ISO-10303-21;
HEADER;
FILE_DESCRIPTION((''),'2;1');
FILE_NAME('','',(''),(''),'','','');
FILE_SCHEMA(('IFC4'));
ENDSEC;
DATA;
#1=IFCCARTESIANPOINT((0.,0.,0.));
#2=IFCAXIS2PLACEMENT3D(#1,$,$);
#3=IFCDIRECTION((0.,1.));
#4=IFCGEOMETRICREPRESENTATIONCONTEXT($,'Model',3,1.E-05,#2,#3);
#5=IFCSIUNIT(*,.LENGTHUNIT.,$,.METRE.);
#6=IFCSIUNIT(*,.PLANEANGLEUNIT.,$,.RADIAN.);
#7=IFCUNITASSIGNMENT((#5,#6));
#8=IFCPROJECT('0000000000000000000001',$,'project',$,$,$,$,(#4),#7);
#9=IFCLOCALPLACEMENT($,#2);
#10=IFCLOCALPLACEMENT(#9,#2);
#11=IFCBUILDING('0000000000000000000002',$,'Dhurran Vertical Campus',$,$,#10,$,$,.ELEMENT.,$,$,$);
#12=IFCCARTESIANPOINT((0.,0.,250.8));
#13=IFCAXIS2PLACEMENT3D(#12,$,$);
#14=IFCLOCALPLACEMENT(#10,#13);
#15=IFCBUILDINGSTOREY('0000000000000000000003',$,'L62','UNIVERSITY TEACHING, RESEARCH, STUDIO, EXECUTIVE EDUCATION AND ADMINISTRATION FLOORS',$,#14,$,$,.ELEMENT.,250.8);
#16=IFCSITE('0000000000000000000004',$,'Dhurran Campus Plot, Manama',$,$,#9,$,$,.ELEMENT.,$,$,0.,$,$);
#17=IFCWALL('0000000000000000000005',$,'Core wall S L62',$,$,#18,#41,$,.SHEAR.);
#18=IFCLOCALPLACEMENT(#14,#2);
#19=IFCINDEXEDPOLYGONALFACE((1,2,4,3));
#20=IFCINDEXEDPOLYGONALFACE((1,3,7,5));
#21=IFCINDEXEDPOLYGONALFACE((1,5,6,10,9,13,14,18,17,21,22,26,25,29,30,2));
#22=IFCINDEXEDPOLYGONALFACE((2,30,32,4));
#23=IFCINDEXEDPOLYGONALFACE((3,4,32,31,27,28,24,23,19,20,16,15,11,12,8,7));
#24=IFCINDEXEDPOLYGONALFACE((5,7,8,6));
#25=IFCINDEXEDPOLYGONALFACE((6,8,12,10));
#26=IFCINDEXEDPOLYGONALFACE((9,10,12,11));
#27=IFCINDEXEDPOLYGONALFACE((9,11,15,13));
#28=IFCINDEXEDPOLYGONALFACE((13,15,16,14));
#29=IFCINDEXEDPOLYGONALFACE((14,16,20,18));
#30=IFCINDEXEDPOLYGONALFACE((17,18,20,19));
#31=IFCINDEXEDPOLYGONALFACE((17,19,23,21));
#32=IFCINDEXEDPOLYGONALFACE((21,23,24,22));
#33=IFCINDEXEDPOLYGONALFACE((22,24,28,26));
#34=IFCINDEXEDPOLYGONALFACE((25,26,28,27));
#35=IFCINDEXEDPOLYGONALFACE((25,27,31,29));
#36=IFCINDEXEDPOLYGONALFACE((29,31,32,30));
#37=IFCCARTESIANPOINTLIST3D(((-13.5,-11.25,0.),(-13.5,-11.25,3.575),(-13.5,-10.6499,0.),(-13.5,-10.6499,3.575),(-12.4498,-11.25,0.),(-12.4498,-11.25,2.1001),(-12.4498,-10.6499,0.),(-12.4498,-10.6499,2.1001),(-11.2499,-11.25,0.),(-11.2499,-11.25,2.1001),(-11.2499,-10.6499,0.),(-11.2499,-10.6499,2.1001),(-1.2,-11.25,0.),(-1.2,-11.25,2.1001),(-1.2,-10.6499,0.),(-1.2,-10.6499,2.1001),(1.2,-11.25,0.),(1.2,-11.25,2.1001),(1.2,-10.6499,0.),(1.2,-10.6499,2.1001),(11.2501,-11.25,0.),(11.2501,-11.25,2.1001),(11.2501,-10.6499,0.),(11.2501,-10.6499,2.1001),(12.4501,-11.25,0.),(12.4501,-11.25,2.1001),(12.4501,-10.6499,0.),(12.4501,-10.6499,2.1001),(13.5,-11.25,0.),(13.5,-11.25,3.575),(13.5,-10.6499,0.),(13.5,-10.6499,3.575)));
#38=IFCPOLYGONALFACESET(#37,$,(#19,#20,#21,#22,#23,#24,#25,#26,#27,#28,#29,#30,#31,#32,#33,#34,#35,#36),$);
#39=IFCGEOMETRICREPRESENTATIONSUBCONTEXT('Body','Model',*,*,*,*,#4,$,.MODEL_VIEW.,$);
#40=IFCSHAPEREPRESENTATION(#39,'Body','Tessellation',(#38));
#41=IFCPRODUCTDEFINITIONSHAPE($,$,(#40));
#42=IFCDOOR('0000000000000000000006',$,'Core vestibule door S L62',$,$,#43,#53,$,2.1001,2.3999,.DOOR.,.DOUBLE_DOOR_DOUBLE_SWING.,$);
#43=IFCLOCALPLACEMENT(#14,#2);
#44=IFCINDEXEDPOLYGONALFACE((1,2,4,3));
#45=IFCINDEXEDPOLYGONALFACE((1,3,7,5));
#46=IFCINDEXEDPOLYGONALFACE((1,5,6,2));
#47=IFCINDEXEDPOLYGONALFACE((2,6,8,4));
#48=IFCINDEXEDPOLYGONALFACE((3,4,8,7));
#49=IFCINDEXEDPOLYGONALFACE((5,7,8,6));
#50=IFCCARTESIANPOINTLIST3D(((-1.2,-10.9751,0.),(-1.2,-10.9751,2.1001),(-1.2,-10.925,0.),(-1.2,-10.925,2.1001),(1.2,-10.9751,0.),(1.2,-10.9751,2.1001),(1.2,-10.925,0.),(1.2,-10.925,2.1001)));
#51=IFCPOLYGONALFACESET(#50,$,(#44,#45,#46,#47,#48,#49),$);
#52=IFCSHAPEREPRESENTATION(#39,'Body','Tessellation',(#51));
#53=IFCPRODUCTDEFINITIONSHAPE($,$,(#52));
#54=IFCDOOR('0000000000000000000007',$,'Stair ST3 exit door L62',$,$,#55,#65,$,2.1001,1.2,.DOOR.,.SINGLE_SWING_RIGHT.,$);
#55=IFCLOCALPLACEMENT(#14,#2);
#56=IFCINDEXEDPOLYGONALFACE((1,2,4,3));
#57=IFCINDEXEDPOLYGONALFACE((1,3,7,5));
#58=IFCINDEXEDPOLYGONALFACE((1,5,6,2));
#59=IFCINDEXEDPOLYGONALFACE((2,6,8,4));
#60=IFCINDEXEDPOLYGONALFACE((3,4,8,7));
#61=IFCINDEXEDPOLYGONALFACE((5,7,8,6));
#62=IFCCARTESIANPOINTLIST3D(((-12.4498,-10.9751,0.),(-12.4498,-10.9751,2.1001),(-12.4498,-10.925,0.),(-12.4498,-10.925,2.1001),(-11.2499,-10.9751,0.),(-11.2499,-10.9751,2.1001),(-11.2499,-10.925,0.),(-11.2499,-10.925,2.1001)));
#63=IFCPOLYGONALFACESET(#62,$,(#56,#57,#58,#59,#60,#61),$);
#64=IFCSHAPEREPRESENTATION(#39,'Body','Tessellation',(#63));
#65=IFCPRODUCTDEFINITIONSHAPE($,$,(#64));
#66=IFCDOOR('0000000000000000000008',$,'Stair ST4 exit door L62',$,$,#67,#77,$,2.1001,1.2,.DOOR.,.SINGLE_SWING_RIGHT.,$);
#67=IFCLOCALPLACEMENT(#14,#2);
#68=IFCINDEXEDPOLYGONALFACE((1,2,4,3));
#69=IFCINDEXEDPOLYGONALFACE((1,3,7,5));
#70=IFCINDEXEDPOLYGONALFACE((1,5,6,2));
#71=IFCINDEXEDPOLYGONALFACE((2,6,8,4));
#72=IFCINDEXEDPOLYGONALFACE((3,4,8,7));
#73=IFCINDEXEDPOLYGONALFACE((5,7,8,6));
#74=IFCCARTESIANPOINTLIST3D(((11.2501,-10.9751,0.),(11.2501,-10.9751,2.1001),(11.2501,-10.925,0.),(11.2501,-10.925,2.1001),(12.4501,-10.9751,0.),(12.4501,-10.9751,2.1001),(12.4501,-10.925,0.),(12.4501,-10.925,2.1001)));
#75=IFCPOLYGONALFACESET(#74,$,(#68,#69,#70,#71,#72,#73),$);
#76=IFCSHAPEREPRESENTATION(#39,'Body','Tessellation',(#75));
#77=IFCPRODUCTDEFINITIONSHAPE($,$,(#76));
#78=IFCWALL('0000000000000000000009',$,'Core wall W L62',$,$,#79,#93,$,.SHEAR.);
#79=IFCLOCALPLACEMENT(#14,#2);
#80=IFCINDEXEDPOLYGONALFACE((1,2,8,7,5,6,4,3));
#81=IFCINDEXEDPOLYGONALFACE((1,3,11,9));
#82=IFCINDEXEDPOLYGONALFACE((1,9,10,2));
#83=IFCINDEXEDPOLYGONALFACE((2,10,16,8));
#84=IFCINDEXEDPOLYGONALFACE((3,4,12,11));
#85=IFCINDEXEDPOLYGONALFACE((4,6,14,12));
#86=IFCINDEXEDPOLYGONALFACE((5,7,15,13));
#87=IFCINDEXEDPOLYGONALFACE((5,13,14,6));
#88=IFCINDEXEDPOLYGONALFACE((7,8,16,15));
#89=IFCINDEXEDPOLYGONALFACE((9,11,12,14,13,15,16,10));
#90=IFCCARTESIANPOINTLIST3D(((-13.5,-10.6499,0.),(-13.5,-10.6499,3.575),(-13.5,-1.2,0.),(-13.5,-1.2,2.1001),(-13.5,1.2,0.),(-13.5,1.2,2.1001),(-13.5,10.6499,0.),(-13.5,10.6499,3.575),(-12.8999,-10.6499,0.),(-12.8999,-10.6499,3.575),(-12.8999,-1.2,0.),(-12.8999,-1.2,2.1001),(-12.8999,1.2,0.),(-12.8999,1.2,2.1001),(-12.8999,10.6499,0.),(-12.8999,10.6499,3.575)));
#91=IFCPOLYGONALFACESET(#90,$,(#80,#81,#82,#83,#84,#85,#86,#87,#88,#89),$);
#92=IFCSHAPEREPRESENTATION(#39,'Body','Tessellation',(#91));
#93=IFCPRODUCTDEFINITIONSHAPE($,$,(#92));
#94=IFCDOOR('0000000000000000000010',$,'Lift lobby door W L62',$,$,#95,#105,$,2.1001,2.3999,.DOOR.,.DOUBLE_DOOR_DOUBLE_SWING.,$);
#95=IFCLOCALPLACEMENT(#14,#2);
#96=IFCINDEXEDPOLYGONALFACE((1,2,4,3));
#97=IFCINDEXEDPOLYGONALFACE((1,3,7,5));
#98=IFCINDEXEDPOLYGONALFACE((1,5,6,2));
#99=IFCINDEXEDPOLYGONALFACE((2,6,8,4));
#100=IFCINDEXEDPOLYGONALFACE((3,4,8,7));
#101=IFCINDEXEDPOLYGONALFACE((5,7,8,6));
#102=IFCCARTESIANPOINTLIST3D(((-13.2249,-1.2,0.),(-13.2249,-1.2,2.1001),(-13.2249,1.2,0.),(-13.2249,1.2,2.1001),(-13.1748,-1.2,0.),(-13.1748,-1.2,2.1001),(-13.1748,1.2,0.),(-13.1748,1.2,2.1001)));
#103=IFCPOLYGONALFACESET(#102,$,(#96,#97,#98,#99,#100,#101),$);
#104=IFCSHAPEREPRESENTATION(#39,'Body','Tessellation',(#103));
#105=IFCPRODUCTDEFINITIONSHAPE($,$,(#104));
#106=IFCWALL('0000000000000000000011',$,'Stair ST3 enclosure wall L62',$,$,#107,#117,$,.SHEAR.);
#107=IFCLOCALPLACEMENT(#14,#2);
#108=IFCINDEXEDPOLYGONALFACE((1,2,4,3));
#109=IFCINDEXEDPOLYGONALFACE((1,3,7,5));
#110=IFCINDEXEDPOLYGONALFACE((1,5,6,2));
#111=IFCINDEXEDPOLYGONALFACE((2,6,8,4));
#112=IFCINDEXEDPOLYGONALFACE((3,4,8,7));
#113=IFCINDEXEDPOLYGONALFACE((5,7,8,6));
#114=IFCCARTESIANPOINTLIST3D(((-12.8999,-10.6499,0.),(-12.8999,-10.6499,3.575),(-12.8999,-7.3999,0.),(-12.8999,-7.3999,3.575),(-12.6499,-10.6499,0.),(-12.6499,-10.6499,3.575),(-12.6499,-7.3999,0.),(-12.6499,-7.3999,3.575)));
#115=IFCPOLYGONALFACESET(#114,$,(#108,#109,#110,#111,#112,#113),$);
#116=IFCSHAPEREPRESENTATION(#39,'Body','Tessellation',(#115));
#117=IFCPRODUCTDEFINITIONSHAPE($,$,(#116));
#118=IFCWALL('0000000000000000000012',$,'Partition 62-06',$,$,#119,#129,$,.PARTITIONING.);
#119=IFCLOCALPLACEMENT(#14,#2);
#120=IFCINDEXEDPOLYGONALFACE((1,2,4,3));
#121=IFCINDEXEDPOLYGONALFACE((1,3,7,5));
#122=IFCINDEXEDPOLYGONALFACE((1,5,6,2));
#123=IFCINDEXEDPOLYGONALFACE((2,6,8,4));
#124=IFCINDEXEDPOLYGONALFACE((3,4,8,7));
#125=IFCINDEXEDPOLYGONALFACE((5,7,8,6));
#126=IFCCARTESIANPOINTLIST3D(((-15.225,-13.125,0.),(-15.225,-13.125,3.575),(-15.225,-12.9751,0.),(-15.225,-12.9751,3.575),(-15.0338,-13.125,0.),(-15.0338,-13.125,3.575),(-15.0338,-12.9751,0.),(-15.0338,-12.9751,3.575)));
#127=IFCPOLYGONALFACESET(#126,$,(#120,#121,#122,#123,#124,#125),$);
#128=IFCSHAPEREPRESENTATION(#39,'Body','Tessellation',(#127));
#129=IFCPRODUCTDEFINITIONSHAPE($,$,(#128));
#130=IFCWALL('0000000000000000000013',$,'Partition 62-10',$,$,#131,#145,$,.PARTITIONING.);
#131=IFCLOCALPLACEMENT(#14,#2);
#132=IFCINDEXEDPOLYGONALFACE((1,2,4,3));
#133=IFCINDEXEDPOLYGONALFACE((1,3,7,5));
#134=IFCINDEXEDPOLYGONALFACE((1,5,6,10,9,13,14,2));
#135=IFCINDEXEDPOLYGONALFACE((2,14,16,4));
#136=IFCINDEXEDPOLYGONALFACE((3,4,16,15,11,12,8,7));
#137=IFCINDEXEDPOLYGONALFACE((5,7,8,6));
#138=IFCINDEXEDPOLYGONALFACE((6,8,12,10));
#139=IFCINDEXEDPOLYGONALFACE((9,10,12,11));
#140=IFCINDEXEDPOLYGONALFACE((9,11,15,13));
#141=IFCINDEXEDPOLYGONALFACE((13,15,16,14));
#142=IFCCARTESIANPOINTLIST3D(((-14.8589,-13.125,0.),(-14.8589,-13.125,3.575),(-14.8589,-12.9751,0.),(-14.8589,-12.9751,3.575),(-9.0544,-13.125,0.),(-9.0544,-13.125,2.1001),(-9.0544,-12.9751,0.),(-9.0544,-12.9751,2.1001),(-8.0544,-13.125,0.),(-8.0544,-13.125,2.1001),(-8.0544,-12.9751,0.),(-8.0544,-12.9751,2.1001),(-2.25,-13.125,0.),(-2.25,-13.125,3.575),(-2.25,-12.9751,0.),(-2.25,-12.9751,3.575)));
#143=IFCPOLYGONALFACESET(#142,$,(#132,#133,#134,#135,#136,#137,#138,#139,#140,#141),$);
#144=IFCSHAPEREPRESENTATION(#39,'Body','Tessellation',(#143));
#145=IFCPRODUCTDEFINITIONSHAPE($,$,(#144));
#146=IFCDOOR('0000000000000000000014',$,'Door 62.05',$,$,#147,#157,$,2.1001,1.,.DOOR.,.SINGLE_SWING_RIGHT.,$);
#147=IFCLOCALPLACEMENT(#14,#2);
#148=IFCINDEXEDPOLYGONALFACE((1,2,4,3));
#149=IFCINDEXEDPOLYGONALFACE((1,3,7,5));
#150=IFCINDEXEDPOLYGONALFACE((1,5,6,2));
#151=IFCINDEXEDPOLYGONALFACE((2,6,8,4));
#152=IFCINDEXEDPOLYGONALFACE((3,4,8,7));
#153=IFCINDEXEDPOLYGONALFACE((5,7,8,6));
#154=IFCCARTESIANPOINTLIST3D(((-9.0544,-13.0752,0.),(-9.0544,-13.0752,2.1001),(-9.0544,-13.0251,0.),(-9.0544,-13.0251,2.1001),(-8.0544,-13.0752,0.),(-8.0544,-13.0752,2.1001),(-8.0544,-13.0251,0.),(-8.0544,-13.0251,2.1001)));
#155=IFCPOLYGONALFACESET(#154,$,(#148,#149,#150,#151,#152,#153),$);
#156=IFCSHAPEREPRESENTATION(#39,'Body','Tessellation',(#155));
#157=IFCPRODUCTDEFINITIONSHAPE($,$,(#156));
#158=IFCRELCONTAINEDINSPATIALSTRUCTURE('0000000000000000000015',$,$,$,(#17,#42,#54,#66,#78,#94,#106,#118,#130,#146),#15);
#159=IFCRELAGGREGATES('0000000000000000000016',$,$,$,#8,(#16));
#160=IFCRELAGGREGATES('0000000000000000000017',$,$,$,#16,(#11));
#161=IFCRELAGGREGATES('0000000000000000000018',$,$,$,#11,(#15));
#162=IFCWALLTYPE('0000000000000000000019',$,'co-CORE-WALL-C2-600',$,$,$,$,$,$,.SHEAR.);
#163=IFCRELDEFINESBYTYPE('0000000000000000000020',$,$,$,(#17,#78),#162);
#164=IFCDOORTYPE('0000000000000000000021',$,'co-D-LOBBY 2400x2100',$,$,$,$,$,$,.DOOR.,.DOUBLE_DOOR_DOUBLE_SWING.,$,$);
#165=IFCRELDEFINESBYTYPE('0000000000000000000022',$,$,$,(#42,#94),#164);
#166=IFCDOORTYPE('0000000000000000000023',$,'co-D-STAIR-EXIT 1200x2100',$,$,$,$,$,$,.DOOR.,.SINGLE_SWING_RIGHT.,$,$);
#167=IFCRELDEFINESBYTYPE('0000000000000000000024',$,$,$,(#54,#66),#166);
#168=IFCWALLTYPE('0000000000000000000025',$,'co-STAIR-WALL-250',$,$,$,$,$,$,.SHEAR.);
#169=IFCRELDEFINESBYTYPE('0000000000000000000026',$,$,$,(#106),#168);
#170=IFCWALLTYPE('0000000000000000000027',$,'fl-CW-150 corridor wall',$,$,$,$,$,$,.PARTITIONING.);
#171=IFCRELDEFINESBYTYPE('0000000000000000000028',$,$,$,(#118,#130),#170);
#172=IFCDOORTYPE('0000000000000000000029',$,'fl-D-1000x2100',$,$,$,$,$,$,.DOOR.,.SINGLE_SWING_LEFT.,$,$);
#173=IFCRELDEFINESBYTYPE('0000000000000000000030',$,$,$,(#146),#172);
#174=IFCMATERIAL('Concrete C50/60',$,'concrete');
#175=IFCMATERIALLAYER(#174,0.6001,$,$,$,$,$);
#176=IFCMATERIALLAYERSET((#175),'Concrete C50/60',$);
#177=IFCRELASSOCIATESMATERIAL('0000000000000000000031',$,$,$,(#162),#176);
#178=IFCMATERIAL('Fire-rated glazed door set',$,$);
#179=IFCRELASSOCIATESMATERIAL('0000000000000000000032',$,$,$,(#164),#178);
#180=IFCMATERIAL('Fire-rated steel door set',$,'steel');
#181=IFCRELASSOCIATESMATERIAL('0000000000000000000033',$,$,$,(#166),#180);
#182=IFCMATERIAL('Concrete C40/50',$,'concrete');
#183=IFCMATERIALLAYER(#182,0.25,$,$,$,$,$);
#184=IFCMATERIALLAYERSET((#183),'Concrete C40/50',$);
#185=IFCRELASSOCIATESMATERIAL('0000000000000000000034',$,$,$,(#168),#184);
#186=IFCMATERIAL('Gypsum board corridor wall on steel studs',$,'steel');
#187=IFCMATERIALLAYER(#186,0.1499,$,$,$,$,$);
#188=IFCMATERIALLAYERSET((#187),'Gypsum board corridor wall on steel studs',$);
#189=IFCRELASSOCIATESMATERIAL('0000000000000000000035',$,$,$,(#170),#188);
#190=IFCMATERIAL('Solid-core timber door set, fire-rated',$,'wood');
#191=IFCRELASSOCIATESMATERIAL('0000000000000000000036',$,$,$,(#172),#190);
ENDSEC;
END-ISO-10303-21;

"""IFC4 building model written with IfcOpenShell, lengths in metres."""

from ifc_helpers import new_model, si_unit, direction, frame, frame_2d, origin, place, context, subcontext, project, spatial, rectangle, extrude, material, layer, layer_set, type_object, element, fill, save


model = new_model("IFC4")

# Units and contexts
model_context = context("Model", 3, precision=1e-05, world=origin(), true_north=direction((0.0, 1.0)))
body_context = subcontext(model_context, "Body", "Model", "MODEL_VIEW")
ifc_project = project(units=[si_unit("LENGTHUNIT", "METRE"), si_unit("PLANEANGLEUNIT", "RADIAN")], contexts=[model_context])

# Site, building, storey
site_placement = place(None, origin())
site = spatial("IfcSite", under=ifc_project, at=site_placement, Name="Dhurran Campus Plot, Manama", CompositionType="ELEMENT", RefElevation=0.0)
building_placement = place(site_placement, origin())
building = spatial("IfcBuilding", under=site, at=building_placement, Name="Dhurran Vertical Campus", CompositionType="ELEMENT")
storey_placement = place(building_placement, frame((0.0, 0.0, 250.8)))
storey = spatial("IfcBuildingStorey", under=building, at=storey_placement, Name="L62", Description="UNIVERSITY TEACHING, RESEARCH, STUDIO, EXECUTIVE EDUCATION AND ADMINISTRATION FLOORS", CompositionType="ELEMENT", Elevation=250.8)

# Wall, openings, doors
ifc_material_1 = material(Name="Concrete C50/60", Category="concrete")
ifc_layer_1 = layer(ifc_material_1, 0.6001)
ifc_layer_set_1 = layer_set([ifc_layer_1], Name="Concrete C50/60")
wall_type_1 = type_object("IfcWallType", Name="co-CORE-WALL-C2-600", PredefinedType="SHEAR", material=ifc_layer_set_1)
wall_1_placement = place(storey_placement, frame((-13.5, -10.95, 0.0), z_axis=(0.0, 0.0, 1.0), x_axis=(1.0, 0.0, 0.0)))
wall_1 = element("IfcWall", 1, at=wall_1_placement, inside=storey, type_object=wall_type_1, Name="Core wall S L62", PredefinedType="SHEAR", context=body_context, shape_type="SweptSolid", body=[
    extrude(rectangle(XDim=27.0, YDim=0.6001, at=frame_2d((13.5, 0.0))), origin(), (0.0, 0.0, 1.0), 3.575),
])
opening_1_placement = place(wall_1_placement, frame((12.3, 0.0, 0.0)))
opening_1 = element("IfcOpeningElement", 2, at=opening_1_placement, cuts=wall_1, PredefinedType="OPENING", context=body_context, shape_type="SweptSolid", body=[
    extrude(rectangle(XDim=2.3999, YDim=2.1001, at=frame_2d((1.2, 1.05))), frame((0.0, 0.3101, 0.0), z_axis=(0.0, -1.0, 0.0), x_axis=(1.0, 0.0, 0.0)), (0.0, 0.0, 1.0), 0.6201),
])
opening_2_placement = place(wall_1_placement, frame((1.05, 0.0, 0.0)))
opening_2 = element("IfcOpeningElement", 3, at=opening_2_placement, cuts=wall_1, PredefinedType="OPENING", context=body_context, shape_type="SweptSolid", body=[
    extrude(rectangle(XDim=1.2, YDim=2.1001, at=frame_2d((0.6001, 1.05))), frame((0.0, 0.3101, 0.0), z_axis=(0.0, -1.0, 0.0), x_axis=(1.0, 0.0, 0.0)), (0.0, 0.0, 1.0), 0.6201),
])
opening_3_placement = place(wall_1_placement, frame((24.75, 0.0, 0.0)))
opening_3 = element("IfcOpeningElement", 4, at=opening_3_placement, cuts=wall_1, PredefinedType="OPENING", context=body_context, shape_type="SweptSolid", body=[
    extrude(rectangle(XDim=1.2, YDim=2.1001, at=frame_2d((0.6001, 1.05))), frame((0.0, 0.3101, 0.0), z_axis=(0.0, -1.0, 0.0), x_axis=(1.0, 0.0, 0.0)), (0.0, 0.0, 1.0), 0.6201),
])
ifc_material_2 = material(Name="Fire-rated glazed door set")
door_type_1 = type_object("IfcDoorType", Name="co-D-LOBBY 2400x2100", OperationType="DOUBLE_DOOR_DOUBLE_SWING", PredefinedType="DOOR", material=ifc_material_2)
door_1_placement = place(opening_1_placement, origin())
door_1 = element("IfcDoor", 5, at=door_1_placement, inside=storey, type_object=door_type_1, Name="Core vestibule door S L62", OperationType="DOUBLE_DOOR_DOUBLE_SWING", OverallHeight=2.1001, OverallWidth=2.3999, PredefinedType="DOOR", context=body_context, shape_type="SweptSolid", body=[
    extrude(rectangle(XDim=2.3999, YDim=2.1001, at=frame_2d((1.2, 1.05))), frame((0.0, 0.0249, 0.0), z_axis=(0.0, -1.0, 0.0), x_axis=(1.0, 0.0, 0.0)), (0.0, 0.0, 1.0), 0.05),
])
fill(opening_1, door_1)
ifc_material_3 = material(Name="Fire-rated steel door set", Category="steel")
door_type_2 = type_object("IfcDoorType", Name="co-D-STAIR-EXIT 1200x2100", OperationType="SINGLE_SWING_RIGHT", PredefinedType="DOOR", material=ifc_material_3)
door_2_placement = place(opening_2_placement, origin())
door_2 = element("IfcDoor", 6, at=door_2_placement, inside=storey, type_object=door_type_2, Name="Stair ST3 exit door L62", OperationType="SINGLE_SWING_RIGHT", OverallHeight=2.1001, OverallWidth=1.2, PredefinedType="DOOR", context=body_context, shape_type="SweptSolid", body=[
    extrude(rectangle(XDim=1.2, YDim=2.1001, at=frame_2d((0.6001, 1.05))), frame((0.0, 0.0249, 0.0), z_axis=(0.0, -1.0, 0.0), x_axis=(1.0, 0.0, 0.0)), (0.0, 0.0, 1.0), 0.05),
])
fill(opening_2, door_2)
door_3_placement = place(opening_3_placement, origin())
door_3 = element("IfcDoor", 7, at=door_3_placement, inside=storey, type_object=door_type_2, Name="Stair ST4 exit door L62", OperationType="SINGLE_SWING_RIGHT", OverallHeight=2.1001, OverallWidth=1.2, PredefinedType="DOOR", context=body_context, shape_type="SweptSolid", body=[
    extrude(rectangle(XDim=1.2, YDim=2.1001, at=frame_2d((0.6001, 1.05))), frame((0.0, 0.0249, 0.0), z_axis=(0.0, -1.0, 0.0), x_axis=(1.0, 0.0, 0.0)), (0.0, 0.0, 1.0), 0.05),
])
fill(opening_3, door_3)

# Wall, opening, door
wall_2_placement = place(storey_placement, frame((-13.2, -10.6499, 0.0), z_axis=(0.0, 0.0, 1.0), x_axis=(0.0, 1.0, 0.0)))
wall_2 = element("IfcWall", 8, at=wall_2_placement, inside=storey, type_object=wall_type_1, Name="Core wall W L62", PredefinedType="SHEAR", context=body_context, shape_type="SweptSolid", body=[
    extrude(rectangle(XDim=21.2998, YDim=0.6001, at=frame_2d((10.6499, 0.0))), origin(), (0.0, 0.0, 1.0), 3.575),
])
opening_4_placement = place(wall_2_placement, frame((9.45, 0.0, 0.0)))
opening_4 = element("IfcOpeningElement", 9, at=opening_4_placement, cuts=wall_2, PredefinedType="OPENING", context=body_context, shape_type="SweptSolid", body=[
    extrude(rectangle(XDim=2.3999, YDim=2.1001, at=frame_2d((1.2, 1.05))), frame((0.0, 0.3101, 0.0), z_axis=(0.0, -1.0, 0.0), x_axis=(1.0, 0.0, 0.0)), (0.0, 0.0, 1.0), 0.6201),
])
door_4_placement = place(opening_4_placement, origin())
door_4 = element("IfcDoor", 10, at=door_4_placement, inside=storey, type_object=door_type_1, Name="Lift lobby door W L62", OperationType="DOUBLE_DOOR_DOUBLE_SWING", OverallHeight=2.1001, OverallWidth=2.3999, PredefinedType="DOOR", context=body_context, shape_type="SweptSolid", body=[
    extrude(rectangle(XDim=2.3999, YDim=2.1001, at=frame_2d((1.2, 1.05))), frame((0.0, 0.0249, 0.0), z_axis=(0.0, -1.0, 0.0), x_axis=(1.0, 0.0, 0.0)), (0.0, 0.0, 1.0), 0.05),
])
fill(opening_4, door_4)

# Walls
ifc_material_4 = material(Name="Concrete C40/50", Category="concrete")
ifc_layer_2 = layer(ifc_material_4, 0.25)
ifc_layer_set_2 = layer_set([ifc_layer_2], Name="Concrete C40/50")
wall_type_2 = type_object("IfcWallType", Name="co-STAIR-WALL-250", PredefinedType="SHEAR", material=ifc_layer_set_2)
wall_3_placement = place(storey_placement, frame((-12.7749, -10.6499, 0.0), z_axis=(0.0, 0.0, 1.0), x_axis=(0.0, 1.0, 0.0)))
element("IfcWall", 11, at=wall_3_placement, inside=storey, type_object=wall_type_2, Name="Stair ST3 enclosure wall L62", PredefinedType="SHEAR", context=body_context, shape_type="SweptSolid", body=[
    extrude(rectangle(XDim=3.25, YDim=0.25, at=frame_2d((1.625, 0.0))), origin(), (0.0, 0.0, 1.0), 3.575),
])
ifc_material_5 = material(Name="Gypsum board corridor wall on steel studs", Category="steel")
ifc_layer_3 = layer(ifc_material_5, 0.1499)
ifc_layer_set_3 = layer_set([ifc_layer_3], Name="Gypsum board corridor wall on steel studs")
wall_type_3 = type_object("IfcWallType", Name="fl-CW-150 corridor wall", PredefinedType="PARTITIONING", material=ifc_layer_set_3)
wall_4_placement = place(storey_placement, frame((-15.2251, -13.05, 0.0), z_axis=(0.0, 0.0, 1.0), x_axis=(1.0, 0.0, 0.0)))
element("IfcWall", 12, at=wall_4_placement, inside=storey, type_object=wall_type_3, Name="Partition 62-06", PredefinedType="PARTITIONING", context=body_context, shape_type="SweptSolid", body=[
    extrude(rectangle(XDim=0.1912, YDim=0.1499, at=frame_2d((0.0957, 0.0))), origin(), (0.0, 0.0, 1.0), 3.575),
])

# Wall, opening, door
wall_5_placement = place(storey_placement, frame((-14.8589, -13.05, 0.0), z_axis=(0.0, 0.0, 1.0), x_axis=(1.0, 0.0, 0.0)))
wall_5 = element("IfcWall", 13, at=wall_5_placement, inside=storey, type_object=wall_type_3, Name="Partition 62-10", PredefinedType="PARTITIONING", context=body_context, shape_type="SweptSolid", body=[
    extrude(rectangle(XDim=12.6089, YDim=0.1499, at=frame_2d((6.3044, 0.0))), origin(), (0.0, 0.0, 1.0), 3.575),
])
opening_5_placement = place(wall_5_placement, frame((5.8044, 0.0, 0.0)))
opening_5 = element("IfcOpeningElement", 14, at=opening_5_placement, cuts=wall_5, PredefinedType="OPENING", context=body_context, shape_type="SweptSolid", body=[
    extrude(rectangle(XDim=1.0, YDim=2.1001, at=frame_2d((0.5, 1.05))), frame((0.0, 0.085, 0.0), z_axis=(0.0, -1.0, 0.0), x_axis=(1.0, 0.0, 0.0)), (0.0, 0.0, 1.0), 0.1699),
])
ifc_material_6 = material(Name="Solid-core timber door set, fire-rated", Category="wood")
door_type_3 = type_object("IfcDoorType", Name="fl-D-1000x2100", OperationType="SINGLE_SWING_LEFT", PredefinedType="DOOR", material=ifc_material_6)
door_5_placement = place(opening_5_placement, origin())
door_5 = element("IfcDoor", 15, at=door_5_placement, inside=storey, type_object=door_type_3, Name="Door 62.05", OperationType="SINGLE_SWING_RIGHT", OverallHeight=2.1001, OverallWidth=1.0, PredefinedType="DOOR", context=body_context, shape_type="SweptSolid", body=[
    extrude(rectangle(XDim=1.0, YDim=2.1001, at=frame_2d((0.5, 1.05))), frame((0.0, 0.0249, 0.0), z_axis=(0.0, -1.0, 0.0), x_axis=(1.0, 0.0, 0.0)), (0.0, 0.0, 1.0), 0.05),
])
fill(opening_5, door_5)

save(model, "model.ifc")
